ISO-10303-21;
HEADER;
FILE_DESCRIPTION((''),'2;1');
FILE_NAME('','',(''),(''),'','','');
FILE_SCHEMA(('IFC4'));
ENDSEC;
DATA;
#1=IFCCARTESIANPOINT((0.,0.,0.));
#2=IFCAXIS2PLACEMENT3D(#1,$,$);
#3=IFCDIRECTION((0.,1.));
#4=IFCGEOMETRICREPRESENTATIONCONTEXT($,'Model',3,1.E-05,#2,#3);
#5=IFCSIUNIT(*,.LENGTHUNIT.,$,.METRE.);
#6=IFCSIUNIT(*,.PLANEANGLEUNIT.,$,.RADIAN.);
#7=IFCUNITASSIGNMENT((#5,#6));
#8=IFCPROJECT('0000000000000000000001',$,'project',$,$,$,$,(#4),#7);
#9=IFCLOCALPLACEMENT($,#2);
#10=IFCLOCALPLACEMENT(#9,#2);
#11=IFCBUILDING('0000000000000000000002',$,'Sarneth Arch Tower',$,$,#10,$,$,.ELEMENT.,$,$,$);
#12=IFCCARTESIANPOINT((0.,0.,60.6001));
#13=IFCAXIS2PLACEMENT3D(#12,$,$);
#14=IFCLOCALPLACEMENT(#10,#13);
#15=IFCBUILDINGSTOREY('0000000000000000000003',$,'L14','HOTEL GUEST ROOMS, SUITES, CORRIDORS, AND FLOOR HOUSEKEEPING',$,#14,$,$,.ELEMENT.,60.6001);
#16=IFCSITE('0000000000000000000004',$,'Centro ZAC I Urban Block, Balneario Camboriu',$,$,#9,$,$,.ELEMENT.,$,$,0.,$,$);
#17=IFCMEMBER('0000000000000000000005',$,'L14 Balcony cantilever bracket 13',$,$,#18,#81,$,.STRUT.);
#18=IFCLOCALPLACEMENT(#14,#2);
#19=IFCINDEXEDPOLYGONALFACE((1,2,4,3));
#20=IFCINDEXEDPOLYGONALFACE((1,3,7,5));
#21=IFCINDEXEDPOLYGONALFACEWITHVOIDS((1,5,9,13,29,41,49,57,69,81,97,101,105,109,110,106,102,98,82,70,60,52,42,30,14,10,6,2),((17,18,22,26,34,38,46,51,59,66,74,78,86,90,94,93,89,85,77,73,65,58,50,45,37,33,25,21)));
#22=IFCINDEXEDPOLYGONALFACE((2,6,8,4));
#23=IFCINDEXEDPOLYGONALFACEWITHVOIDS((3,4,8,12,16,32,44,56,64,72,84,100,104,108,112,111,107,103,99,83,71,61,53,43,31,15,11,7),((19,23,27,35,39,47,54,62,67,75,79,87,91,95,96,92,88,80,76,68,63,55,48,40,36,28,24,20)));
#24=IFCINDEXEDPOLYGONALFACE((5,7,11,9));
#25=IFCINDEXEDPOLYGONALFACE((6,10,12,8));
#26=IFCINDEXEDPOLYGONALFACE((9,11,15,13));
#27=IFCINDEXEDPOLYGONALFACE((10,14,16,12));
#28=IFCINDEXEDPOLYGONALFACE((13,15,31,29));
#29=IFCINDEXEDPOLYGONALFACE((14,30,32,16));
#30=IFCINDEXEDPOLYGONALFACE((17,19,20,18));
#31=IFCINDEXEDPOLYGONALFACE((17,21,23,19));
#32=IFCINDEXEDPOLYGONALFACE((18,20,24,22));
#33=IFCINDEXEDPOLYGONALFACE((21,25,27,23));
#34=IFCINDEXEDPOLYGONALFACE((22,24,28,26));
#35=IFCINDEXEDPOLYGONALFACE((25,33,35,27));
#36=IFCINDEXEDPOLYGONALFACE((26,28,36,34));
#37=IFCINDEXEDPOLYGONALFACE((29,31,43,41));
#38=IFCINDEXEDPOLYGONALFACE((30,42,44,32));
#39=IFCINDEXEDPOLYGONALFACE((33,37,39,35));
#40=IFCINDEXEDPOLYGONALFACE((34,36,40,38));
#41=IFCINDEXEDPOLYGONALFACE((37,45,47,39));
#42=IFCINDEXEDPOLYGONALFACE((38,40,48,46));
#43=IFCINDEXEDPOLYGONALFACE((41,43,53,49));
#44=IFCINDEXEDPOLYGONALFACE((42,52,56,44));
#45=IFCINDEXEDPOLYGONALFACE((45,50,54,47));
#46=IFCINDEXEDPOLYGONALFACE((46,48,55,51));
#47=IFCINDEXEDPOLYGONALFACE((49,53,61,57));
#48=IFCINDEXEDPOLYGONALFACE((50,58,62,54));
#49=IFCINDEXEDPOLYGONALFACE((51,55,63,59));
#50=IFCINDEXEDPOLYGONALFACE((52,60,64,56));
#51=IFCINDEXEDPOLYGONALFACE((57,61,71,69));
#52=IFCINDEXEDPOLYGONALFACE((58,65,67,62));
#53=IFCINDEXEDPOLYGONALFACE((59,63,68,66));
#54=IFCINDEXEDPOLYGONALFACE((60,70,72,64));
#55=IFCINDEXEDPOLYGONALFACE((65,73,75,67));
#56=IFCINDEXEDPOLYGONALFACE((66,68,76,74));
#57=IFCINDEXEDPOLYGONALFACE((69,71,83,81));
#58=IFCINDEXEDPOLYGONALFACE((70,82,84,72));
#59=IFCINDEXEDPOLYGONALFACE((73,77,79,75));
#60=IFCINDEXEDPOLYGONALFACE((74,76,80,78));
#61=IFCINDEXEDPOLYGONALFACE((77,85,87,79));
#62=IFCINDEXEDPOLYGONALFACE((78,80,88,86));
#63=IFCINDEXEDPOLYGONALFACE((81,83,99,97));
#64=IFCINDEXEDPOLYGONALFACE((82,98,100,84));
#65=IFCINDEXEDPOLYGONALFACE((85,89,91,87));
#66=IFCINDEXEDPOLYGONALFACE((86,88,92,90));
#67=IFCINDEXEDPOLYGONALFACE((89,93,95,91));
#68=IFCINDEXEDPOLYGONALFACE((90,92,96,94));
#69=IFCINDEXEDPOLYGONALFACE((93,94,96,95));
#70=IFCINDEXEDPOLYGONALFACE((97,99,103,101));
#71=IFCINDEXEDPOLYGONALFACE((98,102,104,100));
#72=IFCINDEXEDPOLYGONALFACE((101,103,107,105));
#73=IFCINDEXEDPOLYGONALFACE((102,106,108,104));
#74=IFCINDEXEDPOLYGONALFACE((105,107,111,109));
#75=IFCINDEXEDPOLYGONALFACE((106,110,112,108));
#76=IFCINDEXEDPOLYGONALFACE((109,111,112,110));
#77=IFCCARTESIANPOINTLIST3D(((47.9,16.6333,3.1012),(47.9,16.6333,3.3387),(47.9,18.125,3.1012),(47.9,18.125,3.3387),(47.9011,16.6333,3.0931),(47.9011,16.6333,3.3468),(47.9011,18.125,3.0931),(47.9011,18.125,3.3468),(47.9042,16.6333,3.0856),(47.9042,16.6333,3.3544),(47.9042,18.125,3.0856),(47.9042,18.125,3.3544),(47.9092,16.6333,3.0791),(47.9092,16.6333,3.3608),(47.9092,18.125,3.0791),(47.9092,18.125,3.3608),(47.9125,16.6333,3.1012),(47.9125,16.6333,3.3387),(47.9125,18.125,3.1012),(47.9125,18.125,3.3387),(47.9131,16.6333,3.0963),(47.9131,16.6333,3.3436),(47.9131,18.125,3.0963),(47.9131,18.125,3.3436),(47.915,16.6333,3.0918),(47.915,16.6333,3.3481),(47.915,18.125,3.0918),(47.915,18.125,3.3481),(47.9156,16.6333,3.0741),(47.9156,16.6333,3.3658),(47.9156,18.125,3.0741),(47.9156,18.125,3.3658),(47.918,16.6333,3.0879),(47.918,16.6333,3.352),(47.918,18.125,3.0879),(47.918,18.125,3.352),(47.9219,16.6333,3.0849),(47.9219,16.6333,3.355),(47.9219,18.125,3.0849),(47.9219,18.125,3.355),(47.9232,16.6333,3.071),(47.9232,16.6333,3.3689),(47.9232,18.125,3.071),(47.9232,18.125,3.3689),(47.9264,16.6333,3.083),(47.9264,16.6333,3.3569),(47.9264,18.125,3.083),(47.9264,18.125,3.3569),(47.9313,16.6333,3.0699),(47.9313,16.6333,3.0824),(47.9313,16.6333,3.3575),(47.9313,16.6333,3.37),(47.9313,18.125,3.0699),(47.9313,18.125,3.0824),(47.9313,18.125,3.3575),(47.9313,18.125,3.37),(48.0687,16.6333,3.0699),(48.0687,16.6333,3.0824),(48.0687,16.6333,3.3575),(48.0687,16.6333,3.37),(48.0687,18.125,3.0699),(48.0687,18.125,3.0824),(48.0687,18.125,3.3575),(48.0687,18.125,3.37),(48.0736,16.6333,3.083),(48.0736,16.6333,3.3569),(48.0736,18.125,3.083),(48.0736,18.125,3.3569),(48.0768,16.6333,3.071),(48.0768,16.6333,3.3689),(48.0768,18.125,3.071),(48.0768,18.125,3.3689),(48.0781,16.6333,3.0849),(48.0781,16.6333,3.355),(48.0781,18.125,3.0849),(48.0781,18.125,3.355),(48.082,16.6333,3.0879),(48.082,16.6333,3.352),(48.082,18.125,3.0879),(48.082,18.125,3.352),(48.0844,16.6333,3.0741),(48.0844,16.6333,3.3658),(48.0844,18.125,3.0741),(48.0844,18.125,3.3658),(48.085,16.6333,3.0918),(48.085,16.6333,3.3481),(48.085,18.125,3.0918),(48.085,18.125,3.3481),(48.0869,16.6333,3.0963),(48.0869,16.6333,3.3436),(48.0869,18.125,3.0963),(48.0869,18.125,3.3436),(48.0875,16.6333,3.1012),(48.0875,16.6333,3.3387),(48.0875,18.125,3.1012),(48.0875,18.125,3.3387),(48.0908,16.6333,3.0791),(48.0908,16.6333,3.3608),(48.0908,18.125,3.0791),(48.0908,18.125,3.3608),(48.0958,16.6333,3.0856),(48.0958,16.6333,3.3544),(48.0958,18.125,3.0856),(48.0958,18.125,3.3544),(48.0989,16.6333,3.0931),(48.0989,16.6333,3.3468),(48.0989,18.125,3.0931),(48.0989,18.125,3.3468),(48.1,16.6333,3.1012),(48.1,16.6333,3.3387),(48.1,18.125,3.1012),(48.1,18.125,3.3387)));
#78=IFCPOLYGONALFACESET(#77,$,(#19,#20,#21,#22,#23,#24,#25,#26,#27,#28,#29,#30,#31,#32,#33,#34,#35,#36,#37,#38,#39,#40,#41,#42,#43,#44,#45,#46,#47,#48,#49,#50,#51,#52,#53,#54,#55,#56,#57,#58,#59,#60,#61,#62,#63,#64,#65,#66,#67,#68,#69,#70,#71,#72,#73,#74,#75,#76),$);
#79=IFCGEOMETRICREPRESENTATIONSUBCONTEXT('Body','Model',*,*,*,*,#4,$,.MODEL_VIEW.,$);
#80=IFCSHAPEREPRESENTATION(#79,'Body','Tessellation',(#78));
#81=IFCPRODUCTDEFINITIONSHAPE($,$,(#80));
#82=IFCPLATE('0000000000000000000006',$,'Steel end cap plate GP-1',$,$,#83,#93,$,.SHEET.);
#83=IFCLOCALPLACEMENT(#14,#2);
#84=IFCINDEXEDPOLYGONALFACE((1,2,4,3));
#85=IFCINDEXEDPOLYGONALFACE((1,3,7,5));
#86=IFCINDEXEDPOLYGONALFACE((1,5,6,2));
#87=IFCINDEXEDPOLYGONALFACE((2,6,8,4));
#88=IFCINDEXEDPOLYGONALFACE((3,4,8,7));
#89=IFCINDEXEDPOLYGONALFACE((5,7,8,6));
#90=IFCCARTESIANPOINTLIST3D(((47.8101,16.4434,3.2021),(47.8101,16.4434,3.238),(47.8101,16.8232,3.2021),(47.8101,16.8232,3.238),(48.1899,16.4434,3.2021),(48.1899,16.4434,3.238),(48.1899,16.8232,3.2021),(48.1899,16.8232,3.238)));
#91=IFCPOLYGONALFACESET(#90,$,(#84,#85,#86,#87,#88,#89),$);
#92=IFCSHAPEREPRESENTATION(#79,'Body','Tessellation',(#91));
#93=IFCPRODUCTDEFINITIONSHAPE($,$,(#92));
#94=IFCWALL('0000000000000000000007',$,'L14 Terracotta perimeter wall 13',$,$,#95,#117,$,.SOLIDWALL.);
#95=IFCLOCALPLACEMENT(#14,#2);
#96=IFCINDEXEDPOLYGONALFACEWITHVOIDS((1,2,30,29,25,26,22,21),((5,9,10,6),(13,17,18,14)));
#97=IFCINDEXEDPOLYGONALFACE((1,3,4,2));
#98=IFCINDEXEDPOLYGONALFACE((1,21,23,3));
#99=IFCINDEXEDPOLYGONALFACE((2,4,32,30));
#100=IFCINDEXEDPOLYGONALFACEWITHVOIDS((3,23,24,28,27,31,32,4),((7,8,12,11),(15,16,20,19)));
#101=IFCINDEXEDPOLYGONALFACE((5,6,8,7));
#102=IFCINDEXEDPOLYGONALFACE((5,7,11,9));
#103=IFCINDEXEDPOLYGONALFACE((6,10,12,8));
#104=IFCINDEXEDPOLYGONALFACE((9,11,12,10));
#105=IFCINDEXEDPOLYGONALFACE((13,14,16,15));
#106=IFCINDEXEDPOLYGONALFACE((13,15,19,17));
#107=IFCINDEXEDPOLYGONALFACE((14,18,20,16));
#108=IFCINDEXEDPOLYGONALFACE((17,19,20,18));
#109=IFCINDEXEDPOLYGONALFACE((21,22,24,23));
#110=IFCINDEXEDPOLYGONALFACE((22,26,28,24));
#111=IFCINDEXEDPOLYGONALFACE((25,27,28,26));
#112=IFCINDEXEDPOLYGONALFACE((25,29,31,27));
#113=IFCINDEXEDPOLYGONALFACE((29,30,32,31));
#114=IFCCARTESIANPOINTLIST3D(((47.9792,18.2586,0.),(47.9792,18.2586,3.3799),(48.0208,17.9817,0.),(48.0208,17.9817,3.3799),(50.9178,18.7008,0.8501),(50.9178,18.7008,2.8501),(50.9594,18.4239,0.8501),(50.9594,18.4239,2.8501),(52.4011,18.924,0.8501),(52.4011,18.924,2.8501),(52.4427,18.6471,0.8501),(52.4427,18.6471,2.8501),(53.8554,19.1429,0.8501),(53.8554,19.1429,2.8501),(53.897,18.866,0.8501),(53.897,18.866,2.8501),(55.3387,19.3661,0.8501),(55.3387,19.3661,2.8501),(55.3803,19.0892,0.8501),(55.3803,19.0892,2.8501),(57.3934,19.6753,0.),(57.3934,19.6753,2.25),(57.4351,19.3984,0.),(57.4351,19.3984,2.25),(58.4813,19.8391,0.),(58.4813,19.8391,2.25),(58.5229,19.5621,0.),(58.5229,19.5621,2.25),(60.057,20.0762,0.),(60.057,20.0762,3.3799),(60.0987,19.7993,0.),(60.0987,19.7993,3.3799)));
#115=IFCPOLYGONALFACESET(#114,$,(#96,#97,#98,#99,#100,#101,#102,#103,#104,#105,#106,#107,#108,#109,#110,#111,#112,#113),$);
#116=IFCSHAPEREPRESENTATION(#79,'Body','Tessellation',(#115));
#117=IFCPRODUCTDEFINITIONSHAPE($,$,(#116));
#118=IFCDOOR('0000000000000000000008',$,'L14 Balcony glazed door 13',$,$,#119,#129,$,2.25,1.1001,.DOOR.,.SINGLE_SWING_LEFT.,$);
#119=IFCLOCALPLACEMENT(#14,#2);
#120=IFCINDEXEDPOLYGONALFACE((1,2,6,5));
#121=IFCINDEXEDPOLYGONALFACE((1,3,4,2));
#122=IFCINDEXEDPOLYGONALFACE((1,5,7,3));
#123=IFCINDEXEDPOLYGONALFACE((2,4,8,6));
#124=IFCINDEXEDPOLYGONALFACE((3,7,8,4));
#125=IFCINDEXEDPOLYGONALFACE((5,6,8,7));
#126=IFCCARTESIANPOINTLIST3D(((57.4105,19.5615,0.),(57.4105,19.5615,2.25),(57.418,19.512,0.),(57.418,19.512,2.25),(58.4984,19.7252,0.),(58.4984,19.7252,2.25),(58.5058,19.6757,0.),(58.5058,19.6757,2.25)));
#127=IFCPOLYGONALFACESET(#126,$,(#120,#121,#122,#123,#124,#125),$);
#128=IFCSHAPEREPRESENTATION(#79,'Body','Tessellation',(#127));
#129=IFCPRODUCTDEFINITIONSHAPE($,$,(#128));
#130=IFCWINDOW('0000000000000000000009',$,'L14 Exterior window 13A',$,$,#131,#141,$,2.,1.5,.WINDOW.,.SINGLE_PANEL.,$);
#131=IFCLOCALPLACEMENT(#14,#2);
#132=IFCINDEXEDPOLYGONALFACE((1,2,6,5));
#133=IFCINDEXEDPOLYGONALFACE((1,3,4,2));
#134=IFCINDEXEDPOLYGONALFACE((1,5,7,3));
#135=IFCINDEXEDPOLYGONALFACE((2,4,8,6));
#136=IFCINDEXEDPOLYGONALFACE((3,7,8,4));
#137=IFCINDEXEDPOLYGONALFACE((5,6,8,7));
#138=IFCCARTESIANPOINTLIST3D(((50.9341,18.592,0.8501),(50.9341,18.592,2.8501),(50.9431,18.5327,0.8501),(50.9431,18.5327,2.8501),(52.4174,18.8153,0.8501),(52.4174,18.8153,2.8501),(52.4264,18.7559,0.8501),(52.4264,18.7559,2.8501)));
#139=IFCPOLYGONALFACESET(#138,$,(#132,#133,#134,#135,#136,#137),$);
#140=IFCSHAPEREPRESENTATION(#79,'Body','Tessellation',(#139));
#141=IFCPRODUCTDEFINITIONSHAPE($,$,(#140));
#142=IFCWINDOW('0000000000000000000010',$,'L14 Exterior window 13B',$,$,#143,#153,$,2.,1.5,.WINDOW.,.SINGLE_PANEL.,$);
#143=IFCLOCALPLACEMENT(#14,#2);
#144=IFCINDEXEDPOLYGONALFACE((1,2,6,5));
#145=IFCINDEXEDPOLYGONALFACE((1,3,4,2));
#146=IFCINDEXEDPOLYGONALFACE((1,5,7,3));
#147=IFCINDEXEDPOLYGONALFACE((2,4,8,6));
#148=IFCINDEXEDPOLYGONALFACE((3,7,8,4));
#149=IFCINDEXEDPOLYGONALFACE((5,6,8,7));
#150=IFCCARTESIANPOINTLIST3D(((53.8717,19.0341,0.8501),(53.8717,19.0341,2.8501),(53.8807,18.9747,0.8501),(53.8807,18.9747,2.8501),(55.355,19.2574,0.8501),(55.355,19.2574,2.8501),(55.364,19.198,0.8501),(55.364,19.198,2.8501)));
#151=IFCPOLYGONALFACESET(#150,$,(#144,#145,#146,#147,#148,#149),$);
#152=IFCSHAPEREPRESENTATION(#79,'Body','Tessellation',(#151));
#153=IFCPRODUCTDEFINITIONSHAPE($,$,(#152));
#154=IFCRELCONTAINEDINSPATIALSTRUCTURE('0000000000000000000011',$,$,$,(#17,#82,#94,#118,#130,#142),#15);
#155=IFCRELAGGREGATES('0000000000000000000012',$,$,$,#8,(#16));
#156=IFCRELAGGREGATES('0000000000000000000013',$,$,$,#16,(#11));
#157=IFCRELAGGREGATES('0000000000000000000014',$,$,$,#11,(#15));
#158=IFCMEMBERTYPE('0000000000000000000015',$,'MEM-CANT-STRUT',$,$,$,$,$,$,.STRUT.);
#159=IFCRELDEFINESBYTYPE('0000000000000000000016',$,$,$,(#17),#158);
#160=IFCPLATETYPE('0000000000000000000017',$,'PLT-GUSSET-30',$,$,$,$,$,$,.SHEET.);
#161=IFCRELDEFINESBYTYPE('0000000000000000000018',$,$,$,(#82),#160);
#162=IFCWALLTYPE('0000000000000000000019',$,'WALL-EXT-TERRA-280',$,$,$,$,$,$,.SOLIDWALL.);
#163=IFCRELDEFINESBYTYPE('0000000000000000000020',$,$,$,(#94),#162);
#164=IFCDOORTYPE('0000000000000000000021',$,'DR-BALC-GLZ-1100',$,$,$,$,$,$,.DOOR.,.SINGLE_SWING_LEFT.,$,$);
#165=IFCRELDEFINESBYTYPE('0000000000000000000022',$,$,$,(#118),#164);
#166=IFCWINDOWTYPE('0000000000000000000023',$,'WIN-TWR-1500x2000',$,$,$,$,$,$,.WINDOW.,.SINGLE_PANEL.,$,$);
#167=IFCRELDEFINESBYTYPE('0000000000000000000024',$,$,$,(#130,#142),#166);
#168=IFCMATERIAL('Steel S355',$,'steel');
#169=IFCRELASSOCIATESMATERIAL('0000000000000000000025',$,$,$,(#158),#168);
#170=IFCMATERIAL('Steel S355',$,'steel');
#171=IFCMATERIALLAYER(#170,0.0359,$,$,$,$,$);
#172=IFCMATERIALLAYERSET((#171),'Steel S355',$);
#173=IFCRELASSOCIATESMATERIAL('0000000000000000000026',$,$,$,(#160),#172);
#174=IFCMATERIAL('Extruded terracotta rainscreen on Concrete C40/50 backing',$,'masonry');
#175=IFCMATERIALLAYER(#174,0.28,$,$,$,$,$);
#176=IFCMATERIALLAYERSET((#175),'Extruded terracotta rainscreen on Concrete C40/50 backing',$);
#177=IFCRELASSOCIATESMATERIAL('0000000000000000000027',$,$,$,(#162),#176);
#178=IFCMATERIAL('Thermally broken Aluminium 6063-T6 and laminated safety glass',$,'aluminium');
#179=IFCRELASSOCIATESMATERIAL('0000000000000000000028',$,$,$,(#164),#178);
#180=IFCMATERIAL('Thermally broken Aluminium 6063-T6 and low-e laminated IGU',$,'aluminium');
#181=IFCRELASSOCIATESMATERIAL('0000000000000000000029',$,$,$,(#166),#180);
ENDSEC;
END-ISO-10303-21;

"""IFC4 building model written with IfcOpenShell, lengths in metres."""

from ifc_helpers import new_model, si_unit, direction, frame, frame_2d, origin, origin_2d, place, context, subcontext, project, spatial, rectangle, hollow_rectangle, extrude, material, layer, layer_set, material_profile, profile_set, type_object, element, fill, save


model = new_model("IFC4")

# Units and contexts
model_context = context("Model", 3, precision=1e-05, world=origin(), true_north=direction((0.0, 1.0)))
body_context = subcontext(model_context, "Body", "Model", "MODEL_VIEW")
ifc_project = project(units=[si_unit("LENGTHUNIT", "METRE"), si_unit("PLANEANGLEUNIT", "RADIAN")], contexts=[model_context])

# Site, building, storey
site_placement = place(None, origin())
site = spatial("IfcSite", under=ifc_project, at=site_placement, Name="Centro ZAC I Urban Block, Balneario Camboriu", CompositionType="ELEMENT", RefElevation=0.0)
building_placement = place(site_placement, origin())
building = spatial("IfcBuilding", under=site, at=building_placement, Name="Sarneth Arch Tower", CompositionType="ELEMENT")
storey_placement = place(building_placement, frame((0.0, 0.0, 60.6001)))
storey = spatial("IfcBuildingStorey", under=building, at=storey_placement, Name="L14", Description="HOTEL GUEST ROOMS, SUITES, CORRIDORS, AND FLOOR HOUSEKEEPING", CompositionType="ELEMENT", Elevation=60.6001)

# Member
ifc_material_1 = material(Name="Steel S355", Category="steel")
ifc_material_profile_1 = material_profile(ifc_material_1, hollow_rectangle(XDim=0.2, YDim=0.3, WallThickness=0.0125, InnerFilletRadius=0.0188, OuterFilletRadius=0.0312, at=origin_2d()), Name="RHS300x200x12.5")
ifc_profile_set_1 = profile_set([ifc_material_profile_1], Name="Steel S355")
member_type_1 = type_object("IfcMemberType", Name="MEM-CANT-STRUT", PredefinedType="STRUT", material=ifc_profile_set_1)
member_1_placement = place(storey_placement, frame((48.0, 18.125, 3.22), z_axis=(0.0, -1.0, 0.0), x_axis=(1.0, 0.0, 0.0)))
element("IfcMember", 1, at=member_1_placement, inside=storey, type_object=member_type_1, Name="L14 Balcony cantilever bracket 13", PredefinedType="STRUT", context=body_context, shape_type="SweptSolid", body=[
    extrude(hollow_rectangle(XDim=0.2, YDim=0.3, WallThickness=0.0125, InnerFilletRadius=0.0188, OuterFilletRadius=0.0312, at=origin_2d()), origin(), (0.0, 0.0, 1.0), 1.4917),
])

# Plate
ifc_material_2 = material(Name="Steel S355", Category="steel")
ifc_layer_1 = layer(ifc_material_2, 0.0359)
ifc_layer_set_1 = layer_set([ifc_layer_1], Name="Steel S355")
plate_type = type_object("IfcPlateType", Name="PLT-GUSSET-30", PredefinedType="SHEET", material=ifc_layer_set_1)
plate_placement = place(storey_placement, frame((48.0, 16.6333, 3.2021), z_axis=(0.0, 0.0, 1.0), x_axis=(0.0, -1.0, 0.0)))
element("IfcPlate", 2, at=plate_placement, inside=storey, type_object=plate_type, Name="Steel end cap plate GP-1", PredefinedType="SHEET", context=body_context, shape_type="SweptSolid", body=[
    extrude(rectangle(XDim=0.3799, YDim=0.3799, at=origin_2d()), origin(), (0.0, 0.0, 1.0), 0.0359),
])

# Wall, openings, door, windows
ifc_material_3 = material(Name="Extruded terracotta rainscreen on Concrete C40/50 backing", Category="masonry")
ifc_layer_2 = layer(ifc_material_3, 0.28)
ifc_layer_set_2 = layer_set([ifc_layer_2], Name="Extruded terracotta rainscreen on Concrete C40/50 backing")
wall_type_1 = type_object("IfcWallType", Name="WALL-EXT-TERRA-280", PredefinedType="SOLIDWALL", material=ifc_layer_set_2)
wall_1_placement = place(storey_placement, frame((48.0, 18.1201, 0.0), z_axis=(0.0, 0.0, 1.0), x_axis=(0.988865, 0.148816, 0.0)))
wall_1 = element("IfcWall", 3, at=wall_1_placement, inside=storey, type_object=wall_type_1, Name="L14 Terracotta perimeter wall 13", PredefinedType="SOLIDWALL", context=body_context, shape_type="SweptSolid", body=[
    extrude(rectangle(XDim=12.2139, YDim=0.28, at=frame_2d((6.1069, 0.0))), origin(), (0.0, 0.0, 1.0), 3.3799),
])
opening_1_placement = place(wall_1_placement, frame((2.9717, 0.0, 0.8501)))
opening_1 = element("IfcOpeningElement", 4, at=opening_1_placement, cuts=wall_1, PredefinedType="OPENING", context=body_context, shape_type="SweptSolid", body=[
    extrude(rectangle(XDim=1.5, YDim=2.0, at=frame_2d((0.75, 1.0))), frame((0.0, 0.1499, 0.0), z_axis=(0.0, -1.0, 0.0), x_axis=(1.0, 0.0, 0.0)), (0.0, 0.0, 1.0), 0.3),
])
opening_2_placement = place(wall_1_placement, frame((5.9424, 0.0, 0.8501)))
opening_2 = element("IfcOpeningElement", 5, at=opening_2_placement, cuts=wall_1, PredefinedType="OPENING", context=body_context, shape_type="SweptSolid", body=[
    extrude(rectangle(XDim=1.5, YDim=2.0, at=frame_2d((0.75, 1.0))), frame((0.0, 0.1499, 0.0), z_axis=(0.0, -1.0, 0.0), x_axis=(1.0, 0.0, 0.0)), (0.0, 0.0, 1.0), 0.3),
])
opening_3_placement = place(wall_1_placement, frame((9.5203, 0.0, 0.0)))
opening_3 = element("IfcOpeningElement", 6, at=opening_3_placement, cuts=wall_1, PredefinedType="OPENING", context=body_context, shape_type="SweptSolid", body=[
    extrude(rectangle(XDim=1.1001, YDim=2.25, at=frame_2d((0.55, 1.125))), frame((0.0, 0.1499, 0.0), z_axis=(0.0, -1.0, 0.0), x_axis=(1.0, 0.0, 0.0)), (0.0, 0.0, 1.0), 0.3),
])
ifc_material_4 = material(Name="Thermally broken Aluminium 6063-T6 and laminated safety glass", Category="aluminium")
door_type_1 = type_object("IfcDoorType", Name="DR-BALC-GLZ-1100", OperationType="SINGLE_SWING_LEFT", PredefinedType="DOOR", material=ifc_material_4)
door_1_placement = place(opening_3_placement, origin())
door_1 = element("IfcDoor", 7, at=door_1_placement, inside=storey, type_object=door_type_1, Name="L14 Balcony glazed door 13", OperationType="SINGLE_SWING_LEFT", OverallHeight=2.25, OverallWidth=1.1001, PredefinedType="DOOR", context=body_context, shape_type="SweptSolid", body=[
    extrude(rectangle(XDim=1.1001, YDim=2.25, at=frame_2d((0.55, 1.125))), frame((0.0, 0.0249, 0.0), z_axis=(0.0, -1.0, 0.0), x_axis=(1.0, 0.0, 0.0)), (0.0, 0.0, 1.0), 0.05),
])
fill(opening_3, door_1)
ifc_material_5 = material(Name="Thermally broken Aluminium 6063-T6 and low-e laminated IGU", Category="aluminium")
window_type = type_object("IfcWindowType", Name="WIN-TWR-1500x2000", PartitioningType="SINGLE_PANEL", PredefinedType="WINDOW", material=ifc_material_5)
window_1_placement = place(opening_1_placement, origin())
window_1 = element("IfcWindow", 8, at=window_1_placement, inside=storey, type_object=window_type, Name="L14 Exterior window 13A", OverallHeight=2.0, OverallWidth=1.5, PartitioningType="SINGLE_PANEL", PredefinedType="WINDOW", context=body_context, shape_type="SweptSolid", body=[
    extrude(rectangle(XDim=1.5, YDim=2.0, at=frame_2d((0.75, 1.0))), frame((0.0, 0.03, 0.0), z_axis=(0.0, -1.0, 0.0), x_axis=(1.0, 0.0, 0.0)), (0.0, 0.0, 1.0), 0.0601),
])
fill(opening_1, window_1)
window_2_placement = place(opening_2_placement, origin())
window_2 = element("IfcWindow", 9, at=window_2_placement, inside=storey, type_object=window_type, Name="L14 Exterior window 13B", OverallHeight=2.0, OverallWidth=1.5, PartitioningType="SINGLE_PANEL", PredefinedType="WINDOW", context=body_context, shape_type="SweptSolid", body=[
    extrude(rectangle(XDim=1.5, YDim=2.0, at=frame_2d((0.75, 1.0))), frame((0.0, 0.03, 0.0), z_axis=(0.0, -1.0, 0.0), x_axis=(1.0, 0.0, 0.0)), (0.0, 0.0, 1.0), 0.0601),
])
fill(opening_2, window_2)

save(model, "model.ifc")
